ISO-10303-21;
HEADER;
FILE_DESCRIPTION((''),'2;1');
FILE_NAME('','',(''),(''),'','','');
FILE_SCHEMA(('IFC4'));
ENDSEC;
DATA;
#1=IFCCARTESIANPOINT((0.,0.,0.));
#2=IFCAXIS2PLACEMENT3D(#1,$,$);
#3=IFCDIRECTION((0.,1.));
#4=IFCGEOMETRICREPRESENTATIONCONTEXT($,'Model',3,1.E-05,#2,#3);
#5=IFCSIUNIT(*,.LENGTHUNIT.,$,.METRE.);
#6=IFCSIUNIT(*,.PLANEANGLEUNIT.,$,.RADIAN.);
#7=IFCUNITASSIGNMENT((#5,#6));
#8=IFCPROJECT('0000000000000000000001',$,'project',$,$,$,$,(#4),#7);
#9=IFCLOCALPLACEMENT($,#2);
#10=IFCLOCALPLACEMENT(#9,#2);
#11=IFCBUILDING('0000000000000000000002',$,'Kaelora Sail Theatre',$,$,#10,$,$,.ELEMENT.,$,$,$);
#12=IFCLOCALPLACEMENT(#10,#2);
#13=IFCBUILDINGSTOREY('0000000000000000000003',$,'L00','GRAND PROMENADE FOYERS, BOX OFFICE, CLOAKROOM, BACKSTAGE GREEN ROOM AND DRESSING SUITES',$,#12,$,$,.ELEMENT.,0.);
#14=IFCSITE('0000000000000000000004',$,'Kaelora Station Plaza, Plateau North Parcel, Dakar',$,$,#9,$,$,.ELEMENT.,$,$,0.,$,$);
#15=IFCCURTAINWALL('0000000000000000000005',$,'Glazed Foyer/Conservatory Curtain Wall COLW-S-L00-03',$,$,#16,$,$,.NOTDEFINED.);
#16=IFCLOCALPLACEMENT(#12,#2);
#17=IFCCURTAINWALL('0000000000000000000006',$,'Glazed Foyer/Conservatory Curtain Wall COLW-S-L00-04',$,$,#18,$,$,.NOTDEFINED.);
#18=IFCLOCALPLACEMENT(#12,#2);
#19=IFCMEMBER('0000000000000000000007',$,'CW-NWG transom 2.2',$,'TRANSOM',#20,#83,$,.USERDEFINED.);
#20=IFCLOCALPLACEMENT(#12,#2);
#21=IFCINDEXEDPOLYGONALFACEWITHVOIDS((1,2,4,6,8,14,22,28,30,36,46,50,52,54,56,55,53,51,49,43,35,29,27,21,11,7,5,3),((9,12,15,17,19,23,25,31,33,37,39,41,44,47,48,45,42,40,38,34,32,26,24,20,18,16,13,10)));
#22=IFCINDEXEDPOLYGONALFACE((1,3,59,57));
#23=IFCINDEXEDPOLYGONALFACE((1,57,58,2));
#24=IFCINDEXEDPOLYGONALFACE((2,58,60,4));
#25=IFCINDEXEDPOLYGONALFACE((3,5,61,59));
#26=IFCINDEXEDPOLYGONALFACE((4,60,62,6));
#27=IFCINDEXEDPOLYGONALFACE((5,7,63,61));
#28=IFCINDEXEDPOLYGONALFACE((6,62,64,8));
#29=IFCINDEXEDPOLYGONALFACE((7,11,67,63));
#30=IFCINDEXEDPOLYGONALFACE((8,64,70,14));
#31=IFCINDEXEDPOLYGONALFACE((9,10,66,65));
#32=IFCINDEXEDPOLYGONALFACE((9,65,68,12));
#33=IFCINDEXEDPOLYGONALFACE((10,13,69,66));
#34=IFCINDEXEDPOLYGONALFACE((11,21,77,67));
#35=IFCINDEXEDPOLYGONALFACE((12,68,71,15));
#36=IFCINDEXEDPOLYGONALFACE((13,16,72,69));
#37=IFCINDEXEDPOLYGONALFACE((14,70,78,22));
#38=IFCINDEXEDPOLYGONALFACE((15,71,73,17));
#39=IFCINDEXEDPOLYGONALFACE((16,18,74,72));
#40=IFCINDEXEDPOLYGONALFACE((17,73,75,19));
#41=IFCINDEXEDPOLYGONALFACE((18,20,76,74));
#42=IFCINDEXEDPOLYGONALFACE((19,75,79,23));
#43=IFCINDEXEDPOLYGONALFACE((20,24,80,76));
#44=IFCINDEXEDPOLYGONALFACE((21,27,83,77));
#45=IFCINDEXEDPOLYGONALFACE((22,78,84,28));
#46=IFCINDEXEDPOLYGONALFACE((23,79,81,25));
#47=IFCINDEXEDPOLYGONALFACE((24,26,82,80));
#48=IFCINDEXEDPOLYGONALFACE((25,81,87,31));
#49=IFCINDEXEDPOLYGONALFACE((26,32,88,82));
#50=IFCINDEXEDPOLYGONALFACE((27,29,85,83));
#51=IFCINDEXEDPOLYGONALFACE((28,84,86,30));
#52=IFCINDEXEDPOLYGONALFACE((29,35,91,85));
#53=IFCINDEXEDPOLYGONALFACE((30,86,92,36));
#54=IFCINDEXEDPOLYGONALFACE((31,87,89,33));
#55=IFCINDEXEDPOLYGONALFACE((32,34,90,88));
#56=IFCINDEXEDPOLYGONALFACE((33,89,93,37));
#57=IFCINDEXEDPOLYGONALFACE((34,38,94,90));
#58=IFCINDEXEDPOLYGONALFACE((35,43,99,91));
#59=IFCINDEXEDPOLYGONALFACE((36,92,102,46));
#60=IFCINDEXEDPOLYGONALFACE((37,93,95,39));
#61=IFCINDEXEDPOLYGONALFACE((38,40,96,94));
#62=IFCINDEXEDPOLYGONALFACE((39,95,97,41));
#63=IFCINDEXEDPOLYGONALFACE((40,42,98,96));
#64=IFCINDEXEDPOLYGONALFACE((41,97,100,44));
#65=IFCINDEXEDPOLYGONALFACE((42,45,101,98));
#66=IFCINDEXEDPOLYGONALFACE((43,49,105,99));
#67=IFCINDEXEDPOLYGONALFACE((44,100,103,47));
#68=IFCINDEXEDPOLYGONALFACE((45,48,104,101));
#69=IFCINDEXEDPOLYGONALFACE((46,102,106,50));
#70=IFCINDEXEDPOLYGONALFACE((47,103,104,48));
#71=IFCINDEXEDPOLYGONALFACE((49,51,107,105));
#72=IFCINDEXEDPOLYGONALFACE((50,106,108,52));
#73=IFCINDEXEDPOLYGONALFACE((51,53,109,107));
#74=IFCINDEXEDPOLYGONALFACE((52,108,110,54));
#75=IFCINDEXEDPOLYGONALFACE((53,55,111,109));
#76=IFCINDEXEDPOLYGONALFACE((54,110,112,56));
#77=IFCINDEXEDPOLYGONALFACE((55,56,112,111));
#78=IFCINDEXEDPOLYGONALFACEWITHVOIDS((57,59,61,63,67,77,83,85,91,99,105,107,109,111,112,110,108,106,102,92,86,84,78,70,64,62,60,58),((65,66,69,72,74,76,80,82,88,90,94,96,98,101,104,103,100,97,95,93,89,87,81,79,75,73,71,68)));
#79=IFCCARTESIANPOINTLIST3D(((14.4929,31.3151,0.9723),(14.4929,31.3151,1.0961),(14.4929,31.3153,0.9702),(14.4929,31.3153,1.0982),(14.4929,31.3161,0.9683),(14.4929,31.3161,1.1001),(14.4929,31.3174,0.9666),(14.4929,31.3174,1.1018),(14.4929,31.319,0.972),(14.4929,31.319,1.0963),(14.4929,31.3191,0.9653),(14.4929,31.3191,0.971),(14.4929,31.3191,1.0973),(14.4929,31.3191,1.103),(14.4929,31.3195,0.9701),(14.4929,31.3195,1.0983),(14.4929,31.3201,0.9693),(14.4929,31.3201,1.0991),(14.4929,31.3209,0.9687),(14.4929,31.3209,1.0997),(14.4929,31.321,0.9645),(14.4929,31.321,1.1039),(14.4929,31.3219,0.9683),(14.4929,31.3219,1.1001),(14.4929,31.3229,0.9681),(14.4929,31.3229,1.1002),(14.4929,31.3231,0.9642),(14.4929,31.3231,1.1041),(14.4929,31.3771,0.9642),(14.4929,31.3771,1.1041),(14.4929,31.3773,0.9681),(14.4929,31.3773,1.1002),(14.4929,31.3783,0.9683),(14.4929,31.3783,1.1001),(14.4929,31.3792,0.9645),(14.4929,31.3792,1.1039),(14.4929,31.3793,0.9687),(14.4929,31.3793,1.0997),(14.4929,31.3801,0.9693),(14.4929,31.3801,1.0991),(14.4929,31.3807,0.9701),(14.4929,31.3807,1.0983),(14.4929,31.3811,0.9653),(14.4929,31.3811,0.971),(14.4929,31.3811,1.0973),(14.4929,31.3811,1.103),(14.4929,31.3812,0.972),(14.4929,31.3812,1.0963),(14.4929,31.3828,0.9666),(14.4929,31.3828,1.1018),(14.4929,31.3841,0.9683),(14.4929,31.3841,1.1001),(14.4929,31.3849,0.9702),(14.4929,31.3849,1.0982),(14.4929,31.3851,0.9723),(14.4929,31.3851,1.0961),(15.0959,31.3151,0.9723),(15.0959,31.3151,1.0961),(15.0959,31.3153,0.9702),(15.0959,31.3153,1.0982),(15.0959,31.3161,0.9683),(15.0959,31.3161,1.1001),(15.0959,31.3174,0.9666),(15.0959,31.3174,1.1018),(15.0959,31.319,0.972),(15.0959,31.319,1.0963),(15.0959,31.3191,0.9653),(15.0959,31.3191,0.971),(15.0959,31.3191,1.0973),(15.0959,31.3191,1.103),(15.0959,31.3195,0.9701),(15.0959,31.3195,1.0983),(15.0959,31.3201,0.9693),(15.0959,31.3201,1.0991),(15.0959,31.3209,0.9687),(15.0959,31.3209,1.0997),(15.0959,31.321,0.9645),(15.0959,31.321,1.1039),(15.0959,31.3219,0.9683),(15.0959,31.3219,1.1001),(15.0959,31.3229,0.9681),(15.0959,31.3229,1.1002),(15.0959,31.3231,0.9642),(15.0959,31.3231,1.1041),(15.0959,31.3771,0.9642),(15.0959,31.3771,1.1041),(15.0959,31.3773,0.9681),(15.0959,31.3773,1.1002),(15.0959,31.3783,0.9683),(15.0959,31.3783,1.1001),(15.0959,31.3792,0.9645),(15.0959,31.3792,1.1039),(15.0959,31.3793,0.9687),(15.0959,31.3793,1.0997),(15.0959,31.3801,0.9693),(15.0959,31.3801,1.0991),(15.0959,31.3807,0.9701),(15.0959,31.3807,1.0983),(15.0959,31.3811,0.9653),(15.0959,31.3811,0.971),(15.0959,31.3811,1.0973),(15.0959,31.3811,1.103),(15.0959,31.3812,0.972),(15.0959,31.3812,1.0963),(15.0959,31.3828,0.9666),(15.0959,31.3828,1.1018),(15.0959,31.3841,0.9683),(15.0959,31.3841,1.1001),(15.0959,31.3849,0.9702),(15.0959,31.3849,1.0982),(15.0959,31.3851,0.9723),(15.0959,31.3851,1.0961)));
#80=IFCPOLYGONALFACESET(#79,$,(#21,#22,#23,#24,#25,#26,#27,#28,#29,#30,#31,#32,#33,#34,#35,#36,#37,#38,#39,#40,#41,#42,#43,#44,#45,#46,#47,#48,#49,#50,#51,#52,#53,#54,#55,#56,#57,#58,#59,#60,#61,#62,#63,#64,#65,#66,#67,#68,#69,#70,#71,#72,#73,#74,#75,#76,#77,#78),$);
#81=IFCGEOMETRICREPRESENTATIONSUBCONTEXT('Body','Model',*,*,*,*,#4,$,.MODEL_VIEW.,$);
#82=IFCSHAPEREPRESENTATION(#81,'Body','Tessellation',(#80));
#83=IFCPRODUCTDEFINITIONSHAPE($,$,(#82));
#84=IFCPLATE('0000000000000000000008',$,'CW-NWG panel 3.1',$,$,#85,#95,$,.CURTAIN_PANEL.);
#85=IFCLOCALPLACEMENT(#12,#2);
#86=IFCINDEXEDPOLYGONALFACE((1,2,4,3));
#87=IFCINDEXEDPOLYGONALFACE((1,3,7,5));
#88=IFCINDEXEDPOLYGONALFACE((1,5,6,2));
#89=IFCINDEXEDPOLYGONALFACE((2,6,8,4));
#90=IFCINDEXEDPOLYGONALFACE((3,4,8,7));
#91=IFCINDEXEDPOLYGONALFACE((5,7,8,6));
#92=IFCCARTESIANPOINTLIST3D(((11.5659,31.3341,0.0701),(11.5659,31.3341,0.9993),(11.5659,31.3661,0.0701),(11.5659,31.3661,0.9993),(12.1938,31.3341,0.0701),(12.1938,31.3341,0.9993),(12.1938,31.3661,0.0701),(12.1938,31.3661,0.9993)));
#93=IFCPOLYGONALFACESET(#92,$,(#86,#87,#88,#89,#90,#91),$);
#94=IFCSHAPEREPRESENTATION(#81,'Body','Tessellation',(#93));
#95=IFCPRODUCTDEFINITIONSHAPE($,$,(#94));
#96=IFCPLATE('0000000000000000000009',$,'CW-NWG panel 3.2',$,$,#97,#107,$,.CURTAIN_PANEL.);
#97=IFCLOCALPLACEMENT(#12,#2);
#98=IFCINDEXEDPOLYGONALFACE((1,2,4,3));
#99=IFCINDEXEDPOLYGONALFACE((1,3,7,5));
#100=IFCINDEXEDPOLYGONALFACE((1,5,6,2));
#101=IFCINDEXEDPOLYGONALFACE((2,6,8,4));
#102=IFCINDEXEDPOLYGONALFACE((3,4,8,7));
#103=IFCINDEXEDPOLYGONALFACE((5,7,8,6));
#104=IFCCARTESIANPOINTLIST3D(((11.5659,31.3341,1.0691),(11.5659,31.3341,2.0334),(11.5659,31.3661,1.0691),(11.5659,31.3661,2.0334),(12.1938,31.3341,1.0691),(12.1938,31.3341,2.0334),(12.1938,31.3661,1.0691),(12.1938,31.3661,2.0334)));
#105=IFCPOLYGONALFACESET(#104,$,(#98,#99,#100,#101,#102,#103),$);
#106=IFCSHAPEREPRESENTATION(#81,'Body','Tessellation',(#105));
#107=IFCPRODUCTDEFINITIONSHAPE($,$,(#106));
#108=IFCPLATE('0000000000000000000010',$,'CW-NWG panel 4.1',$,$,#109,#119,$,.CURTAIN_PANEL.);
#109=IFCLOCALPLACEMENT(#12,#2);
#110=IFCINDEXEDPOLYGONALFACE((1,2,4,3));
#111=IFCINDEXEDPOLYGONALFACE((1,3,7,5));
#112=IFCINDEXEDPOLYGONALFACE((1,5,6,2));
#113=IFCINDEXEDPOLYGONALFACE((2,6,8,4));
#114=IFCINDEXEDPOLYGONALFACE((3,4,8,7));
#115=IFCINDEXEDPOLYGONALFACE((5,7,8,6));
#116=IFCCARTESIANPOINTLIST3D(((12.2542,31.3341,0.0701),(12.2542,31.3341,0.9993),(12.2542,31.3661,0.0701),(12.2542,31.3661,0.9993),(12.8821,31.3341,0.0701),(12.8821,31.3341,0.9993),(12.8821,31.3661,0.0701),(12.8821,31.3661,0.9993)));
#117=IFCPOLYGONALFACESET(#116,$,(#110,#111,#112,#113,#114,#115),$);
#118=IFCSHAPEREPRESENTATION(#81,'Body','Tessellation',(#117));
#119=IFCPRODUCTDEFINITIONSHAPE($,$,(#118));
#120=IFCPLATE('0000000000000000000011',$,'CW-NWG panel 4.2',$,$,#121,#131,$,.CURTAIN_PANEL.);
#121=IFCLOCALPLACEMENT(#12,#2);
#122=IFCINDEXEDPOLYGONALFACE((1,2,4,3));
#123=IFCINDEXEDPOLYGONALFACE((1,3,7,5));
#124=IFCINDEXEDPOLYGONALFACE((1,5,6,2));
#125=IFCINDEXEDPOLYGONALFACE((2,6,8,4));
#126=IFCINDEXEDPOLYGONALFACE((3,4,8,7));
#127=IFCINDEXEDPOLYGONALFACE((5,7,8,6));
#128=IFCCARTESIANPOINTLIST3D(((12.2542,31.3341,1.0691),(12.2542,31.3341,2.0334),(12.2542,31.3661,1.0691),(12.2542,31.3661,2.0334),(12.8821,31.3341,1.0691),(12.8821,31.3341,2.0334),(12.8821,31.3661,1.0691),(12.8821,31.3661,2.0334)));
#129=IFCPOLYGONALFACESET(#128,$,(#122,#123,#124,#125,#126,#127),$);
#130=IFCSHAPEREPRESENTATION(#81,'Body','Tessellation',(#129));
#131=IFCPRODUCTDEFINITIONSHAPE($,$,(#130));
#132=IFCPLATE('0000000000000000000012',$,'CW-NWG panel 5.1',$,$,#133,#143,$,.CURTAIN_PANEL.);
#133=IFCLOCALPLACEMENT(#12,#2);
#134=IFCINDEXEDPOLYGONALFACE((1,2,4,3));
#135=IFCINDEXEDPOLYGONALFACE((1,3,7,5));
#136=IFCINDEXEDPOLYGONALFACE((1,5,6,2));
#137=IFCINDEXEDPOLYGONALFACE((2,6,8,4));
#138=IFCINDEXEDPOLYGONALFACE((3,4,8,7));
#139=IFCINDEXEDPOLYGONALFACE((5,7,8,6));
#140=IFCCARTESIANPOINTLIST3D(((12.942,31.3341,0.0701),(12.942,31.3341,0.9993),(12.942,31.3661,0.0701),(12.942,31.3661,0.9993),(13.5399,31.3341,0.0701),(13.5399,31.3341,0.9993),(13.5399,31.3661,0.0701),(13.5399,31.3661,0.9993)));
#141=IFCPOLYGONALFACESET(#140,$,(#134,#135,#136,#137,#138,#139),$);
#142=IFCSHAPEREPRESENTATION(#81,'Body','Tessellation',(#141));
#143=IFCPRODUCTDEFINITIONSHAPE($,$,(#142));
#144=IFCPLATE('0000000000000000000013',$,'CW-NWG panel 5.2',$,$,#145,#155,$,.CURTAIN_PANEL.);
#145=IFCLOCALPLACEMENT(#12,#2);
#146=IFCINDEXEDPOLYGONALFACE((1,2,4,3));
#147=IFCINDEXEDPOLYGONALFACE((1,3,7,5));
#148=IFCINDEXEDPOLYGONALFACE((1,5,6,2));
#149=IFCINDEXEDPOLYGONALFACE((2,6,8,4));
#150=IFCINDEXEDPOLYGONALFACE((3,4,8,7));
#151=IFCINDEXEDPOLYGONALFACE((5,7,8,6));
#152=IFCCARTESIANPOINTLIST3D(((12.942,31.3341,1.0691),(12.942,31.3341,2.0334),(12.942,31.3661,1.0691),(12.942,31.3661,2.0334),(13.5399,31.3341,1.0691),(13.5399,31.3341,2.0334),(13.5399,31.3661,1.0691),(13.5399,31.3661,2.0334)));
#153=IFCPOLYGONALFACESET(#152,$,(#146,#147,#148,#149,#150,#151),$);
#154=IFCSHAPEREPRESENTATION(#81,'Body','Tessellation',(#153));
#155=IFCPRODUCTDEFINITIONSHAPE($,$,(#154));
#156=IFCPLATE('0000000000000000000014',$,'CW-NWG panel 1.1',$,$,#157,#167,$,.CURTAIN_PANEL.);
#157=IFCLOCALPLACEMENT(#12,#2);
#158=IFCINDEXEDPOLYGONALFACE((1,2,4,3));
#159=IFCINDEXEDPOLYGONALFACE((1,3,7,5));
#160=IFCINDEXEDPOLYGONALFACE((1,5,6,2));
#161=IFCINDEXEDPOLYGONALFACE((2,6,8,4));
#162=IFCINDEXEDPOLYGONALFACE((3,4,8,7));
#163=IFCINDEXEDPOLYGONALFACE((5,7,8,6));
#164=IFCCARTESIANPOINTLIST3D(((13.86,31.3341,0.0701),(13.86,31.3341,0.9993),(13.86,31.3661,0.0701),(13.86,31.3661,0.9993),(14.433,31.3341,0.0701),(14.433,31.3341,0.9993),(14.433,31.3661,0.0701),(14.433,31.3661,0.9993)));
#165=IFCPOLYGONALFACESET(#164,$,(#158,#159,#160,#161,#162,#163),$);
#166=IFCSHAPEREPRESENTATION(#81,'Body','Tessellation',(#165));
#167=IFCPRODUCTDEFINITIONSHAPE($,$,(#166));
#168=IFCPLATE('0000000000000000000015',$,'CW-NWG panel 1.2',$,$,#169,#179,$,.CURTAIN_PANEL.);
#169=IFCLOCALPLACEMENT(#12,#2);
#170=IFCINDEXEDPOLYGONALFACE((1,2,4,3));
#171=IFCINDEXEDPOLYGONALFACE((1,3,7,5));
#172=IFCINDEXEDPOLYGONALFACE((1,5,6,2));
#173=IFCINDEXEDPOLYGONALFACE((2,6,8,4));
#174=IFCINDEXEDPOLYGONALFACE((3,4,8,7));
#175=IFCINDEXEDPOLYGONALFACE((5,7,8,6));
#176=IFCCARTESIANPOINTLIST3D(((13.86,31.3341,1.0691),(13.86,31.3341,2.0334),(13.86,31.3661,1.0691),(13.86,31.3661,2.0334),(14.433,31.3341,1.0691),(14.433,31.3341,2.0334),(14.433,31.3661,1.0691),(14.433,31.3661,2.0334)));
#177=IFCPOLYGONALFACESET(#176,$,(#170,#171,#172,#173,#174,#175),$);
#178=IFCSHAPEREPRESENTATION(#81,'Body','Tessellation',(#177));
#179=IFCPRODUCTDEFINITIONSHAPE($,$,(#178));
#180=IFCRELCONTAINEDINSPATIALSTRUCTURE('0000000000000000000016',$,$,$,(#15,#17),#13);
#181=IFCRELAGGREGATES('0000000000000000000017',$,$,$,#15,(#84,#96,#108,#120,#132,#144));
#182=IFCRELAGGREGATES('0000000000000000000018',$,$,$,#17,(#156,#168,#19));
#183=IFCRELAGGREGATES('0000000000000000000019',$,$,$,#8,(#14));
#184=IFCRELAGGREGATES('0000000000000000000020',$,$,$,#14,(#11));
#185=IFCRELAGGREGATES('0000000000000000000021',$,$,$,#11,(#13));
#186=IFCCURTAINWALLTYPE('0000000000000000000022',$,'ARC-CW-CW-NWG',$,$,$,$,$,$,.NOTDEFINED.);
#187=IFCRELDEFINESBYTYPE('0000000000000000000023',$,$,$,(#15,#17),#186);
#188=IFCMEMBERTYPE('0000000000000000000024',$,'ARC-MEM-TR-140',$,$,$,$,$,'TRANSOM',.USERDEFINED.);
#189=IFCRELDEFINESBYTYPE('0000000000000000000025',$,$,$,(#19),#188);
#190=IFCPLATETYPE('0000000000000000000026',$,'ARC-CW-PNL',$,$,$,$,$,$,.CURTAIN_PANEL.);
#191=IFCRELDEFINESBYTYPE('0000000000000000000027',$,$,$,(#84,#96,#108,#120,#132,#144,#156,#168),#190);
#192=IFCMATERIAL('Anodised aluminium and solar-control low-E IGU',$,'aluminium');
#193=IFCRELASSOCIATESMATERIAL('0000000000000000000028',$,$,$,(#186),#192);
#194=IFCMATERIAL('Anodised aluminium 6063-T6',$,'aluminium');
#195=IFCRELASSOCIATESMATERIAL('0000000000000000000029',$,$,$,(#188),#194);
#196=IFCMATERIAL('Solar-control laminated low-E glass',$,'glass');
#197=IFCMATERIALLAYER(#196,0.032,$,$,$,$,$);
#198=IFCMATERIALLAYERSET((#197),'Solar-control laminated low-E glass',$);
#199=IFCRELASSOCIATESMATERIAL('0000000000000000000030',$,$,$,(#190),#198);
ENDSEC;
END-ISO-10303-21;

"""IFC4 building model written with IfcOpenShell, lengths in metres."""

from ifc_helpers import new_model, si_unit, direction, frame, origin, origin_2d, place, context, subcontext, project, spatial, rectangle, hollow_rectangle, extrude, material, layer, layer_set, material_profile, profile_set, type_object, element, aggregate, save


model = new_model("IFC4")

# Units and contexts
model_context = context("Model", 3, precision=1e-05, world=origin(), true_north=direction((0.0, 1.0)))
body_context = subcontext(model_context, "Body", "Model", "MODEL_VIEW")
ifc_project = project(units=[si_unit("LENGTHUNIT", "METRE"), si_unit("PLANEANGLEUNIT", "RADIAN")], contexts=[model_context])

# Site, building, storey
site_placement = place(None, origin())
site = spatial("IfcSite", under=ifc_project, at=site_placement, Name="Kaelora Station Plaza, Plateau North Parcel, Dakar", CompositionType="ELEMENT", RefElevation=0.0)
building_placement = place(site_placement, origin())
building = spatial("IfcBuilding", under=site, at=building_placement, Name="Kaelora Sail Theatre", CompositionType="ELEMENT")
storey_placement = place(building_placement, origin())
storey = spatial("IfcBuildingStorey", under=building, at=storey_placement, Name="L00", Description="GRAND PROMENADE FOYERS, BOX OFFICE, CLOAKROOM, BACKSTAGE GREEN ROOM AND DRESSING SUITES", CompositionType="ELEMENT", Elevation=0.0)

# Curtain walls
ifc_material_1 = material(Name="Anodised aluminium and solar-control low-E IGU", Category="aluminium")
curtain_wall_type = type_object("IfcCurtainWallType", Name="ARC-CW-CW-NWG", PredefinedType="NOTDEFINED", material=ifc_material_1)
curtain_wall_1_placement = place(storey_placement, origin())
curtain_wall_1 = element("IfcCurtainWall", 1, at=curtain_wall_1_placement, inside=storey, type_object=curtain_wall_type, Name="Glazed Foyer/Conservatory Curtain Wall COLW-S-L00-03", PredefinedType="NOTDEFINED")
curtain_wall_2_placement = place(storey_placement, origin())
curtain_wall_2 = element("IfcCurtainWall", 2, at=curtain_wall_2_placement, inside=storey, type_object=curtain_wall_type, Name="Glazed Foyer/Conservatory Curtain Wall COLW-S-L00-04", PredefinedType="NOTDEFINED")

# Member
ifc_material_2 = material(Name="Anodised aluminium 6063-T6", Category="aluminium")
ifc_material_profile_1 = material_profile(ifc_material_2, hollow_rectangle(XDim=0.0701, YDim=0.1399, WallThickness=0.0039, InnerFilletRadius=0.0039, OuterFilletRadius=0.0081, at=origin_2d()), Name="ALU-TRAN 70x140x4")
ifc_profile_set_1 = profile_set([ifc_material_profile_1], Name="Anodised aluminium 6063-T6")
member_type_1 = type_object("IfcMemberType", Name="ARC-MEM-TR-140", ElementType="TRANSOM", PredefinedType="USERDEFINED", material=ifc_profile_set_1)
member_1_placement = place(storey_placement, frame((14.4929, 31.3501, 1.0342), z_axis=(1.0, 0.0, 0.0), x_axis=(0.0, 1.0, 0.0)))
member_1 = element("IfcMember", 3, at=member_1_placement, type_object=member_type_1, Name="CW-NWG transom 2.2", ObjectType="TRANSOM", PredefinedType="USERDEFINED", context=body_context, shape_type="SweptSolid", body=[
    extrude(hollow_rectangle(XDim=0.0701, YDim=0.1399, WallThickness=0.0039, InnerFilletRadius=0.0039, OuterFilletRadius=0.0081, at=origin_2d()), origin(), (0.0, 0.0, 1.0), 0.603),
])

# Plates
ifc_material_3 = material(Name="Solar-control laminated low-E glass", Category="glass")
ifc_layer = layer(ifc_material_3, 0.032)
ifc_layer_set = layer_set([ifc_layer], Name="Solar-control laminated low-E glass")
plate_type = type_object("IfcPlateType", Name="ARC-CW-PNL", PredefinedType="CURTAIN_PANEL", material=ifc_layer_set)
plate_1_placement = place(storey_placement, frame((11.8799, 31.3501, 0.0701), z_axis=(0.0, 0.0, 1.0), x_axis=(1.0, 0.0, 0.0)))
plate_1 = element("IfcPlate", 4, at=plate_1_placement, type_object=plate_type, Name="CW-NWG panel 3.1", PredefinedType="CURTAIN_PANEL", context=body_context, shape_type="SweptSolid", body=[
    extrude(rectangle(XDim=0.6279, YDim=0.032, at=origin_2d()), origin(), (0.0, 0.0, 1.0), 0.9292),
])
plate_2_placement = place(storey_placement, frame((11.8799, 31.3501, 1.0691), z_axis=(0.0, 0.0, 1.0), x_axis=(1.0, 0.0, 0.0)))
plate_2 = element("IfcPlate", 5, at=plate_2_placement, type_object=plate_type, Name="CW-NWG panel 3.2", PredefinedType="CURTAIN_PANEL", context=body_context, shape_type="SweptSolid", body=[
    extrude(rectangle(XDim=0.6279, YDim=0.032, at=origin_2d()), origin(), (0.0, 0.0, 1.0), 0.9644),
])
plate_3_placement = place(storey_placement, frame((12.5681, 31.3501, 0.0701), z_axis=(0.0, 0.0, 1.0), x_axis=(1.0, 0.0, 0.0)))
plate_3 = element("IfcPlate", 6, at=plate_3_placement, type_object=plate_type, Name="CW-NWG panel 4.1", PredefinedType="CURTAIN_PANEL", context=body_context, shape_type="SweptSolid", body=[
    extrude(rectangle(XDim=0.6279, YDim=0.032, at=origin_2d()), origin(), (0.0, 0.0, 1.0), 0.9292),
])
plate_4_placement = place(storey_placement, frame((12.5681, 31.3501, 1.0691), z_axis=(0.0, 0.0, 1.0), x_axis=(1.0, 0.0, 0.0)))
plate_4 = element("IfcPlate", 7, at=plate_4_placement, type_object=plate_type, Name="CW-NWG panel 4.2", PredefinedType="CURTAIN_PANEL", context=body_context, shape_type="SweptSolid", body=[
    extrude(rectangle(XDim=0.6279, YDim=0.032, at=origin_2d()), origin(), (0.0, 0.0, 1.0), 0.9644),
])
plate_5_placement = place(storey_placement, frame((13.241, 31.3501, 0.0701), z_axis=(0.0, 0.0, 1.0), x_axis=(1.0, 0.0, 0.0)))
plate_5 = element("IfcPlate", 8, at=plate_5_placement, type_object=plate_type, Name="CW-NWG panel 5.1", PredefinedType="CURTAIN_PANEL", context=body_context, shape_type="SweptSolid", body=[
    extrude(rectangle(XDim=0.5979, YDim=0.032, at=origin_2d()), origin(), (0.0, 0.0, 1.0), 0.9292),
])
plate_6_placement = place(storey_placement, frame((13.241, 31.3501, 1.0691), z_axis=(0.0, 0.0, 1.0), x_axis=(1.0, 0.0, 0.0)))
plate_6 = element("IfcPlate", 9, at=plate_6_placement, type_object=plate_type, Name="CW-NWG panel 5.2", PredefinedType="CURTAIN_PANEL", context=body_context, shape_type="SweptSolid", body=[
    extrude(rectangle(XDim=0.5979, YDim=0.032, at=origin_2d()), origin(), (0.0, 0.0, 1.0), 0.9644),
])
aggregate(curtain_wall_1, [plate_1, plate_2, plate_3, plate_4, plate_5, plate_6])
plate_7_placement = place(storey_placement, frame((14.1465, 31.3501, 0.0701), z_axis=(0.0, 0.0, 1.0), x_axis=(1.0, 0.0, 0.0)))
plate_7 = element("IfcPlate", 10, at=plate_7_placement, type_object=plate_type, Name="CW-NWG panel 1.1", PredefinedType="CURTAIN_PANEL", context=body_context, shape_type="SweptSolid", body=[
    extrude(rectangle(XDim=0.573, YDim=0.032, at=origin_2d()), origin(), (0.0, 0.0, 1.0), 0.9292),
])
plate_8_placement = place(storey_placement, frame((14.1465, 31.3501, 1.0691), z_axis=(0.0, 0.0, 1.0), x_axis=(1.0, 0.0, 0.0)))
plate_8 = element("IfcPlate", 11, at=plate_8_placement, type_object=plate_type, Name="CW-NWG panel 1.2", PredefinedType="CURTAIN_PANEL", context=body_context, shape_type="SweptSolid", body=[
    extrude(rectangle(XDim=0.573, YDim=0.032, at=origin_2d()), origin(), (0.0, 0.0, 1.0), 0.9644),
])
aggregate(curtain_wall_2, [plate_7, plate_8, member_1])

save(model, "model.ifc")
